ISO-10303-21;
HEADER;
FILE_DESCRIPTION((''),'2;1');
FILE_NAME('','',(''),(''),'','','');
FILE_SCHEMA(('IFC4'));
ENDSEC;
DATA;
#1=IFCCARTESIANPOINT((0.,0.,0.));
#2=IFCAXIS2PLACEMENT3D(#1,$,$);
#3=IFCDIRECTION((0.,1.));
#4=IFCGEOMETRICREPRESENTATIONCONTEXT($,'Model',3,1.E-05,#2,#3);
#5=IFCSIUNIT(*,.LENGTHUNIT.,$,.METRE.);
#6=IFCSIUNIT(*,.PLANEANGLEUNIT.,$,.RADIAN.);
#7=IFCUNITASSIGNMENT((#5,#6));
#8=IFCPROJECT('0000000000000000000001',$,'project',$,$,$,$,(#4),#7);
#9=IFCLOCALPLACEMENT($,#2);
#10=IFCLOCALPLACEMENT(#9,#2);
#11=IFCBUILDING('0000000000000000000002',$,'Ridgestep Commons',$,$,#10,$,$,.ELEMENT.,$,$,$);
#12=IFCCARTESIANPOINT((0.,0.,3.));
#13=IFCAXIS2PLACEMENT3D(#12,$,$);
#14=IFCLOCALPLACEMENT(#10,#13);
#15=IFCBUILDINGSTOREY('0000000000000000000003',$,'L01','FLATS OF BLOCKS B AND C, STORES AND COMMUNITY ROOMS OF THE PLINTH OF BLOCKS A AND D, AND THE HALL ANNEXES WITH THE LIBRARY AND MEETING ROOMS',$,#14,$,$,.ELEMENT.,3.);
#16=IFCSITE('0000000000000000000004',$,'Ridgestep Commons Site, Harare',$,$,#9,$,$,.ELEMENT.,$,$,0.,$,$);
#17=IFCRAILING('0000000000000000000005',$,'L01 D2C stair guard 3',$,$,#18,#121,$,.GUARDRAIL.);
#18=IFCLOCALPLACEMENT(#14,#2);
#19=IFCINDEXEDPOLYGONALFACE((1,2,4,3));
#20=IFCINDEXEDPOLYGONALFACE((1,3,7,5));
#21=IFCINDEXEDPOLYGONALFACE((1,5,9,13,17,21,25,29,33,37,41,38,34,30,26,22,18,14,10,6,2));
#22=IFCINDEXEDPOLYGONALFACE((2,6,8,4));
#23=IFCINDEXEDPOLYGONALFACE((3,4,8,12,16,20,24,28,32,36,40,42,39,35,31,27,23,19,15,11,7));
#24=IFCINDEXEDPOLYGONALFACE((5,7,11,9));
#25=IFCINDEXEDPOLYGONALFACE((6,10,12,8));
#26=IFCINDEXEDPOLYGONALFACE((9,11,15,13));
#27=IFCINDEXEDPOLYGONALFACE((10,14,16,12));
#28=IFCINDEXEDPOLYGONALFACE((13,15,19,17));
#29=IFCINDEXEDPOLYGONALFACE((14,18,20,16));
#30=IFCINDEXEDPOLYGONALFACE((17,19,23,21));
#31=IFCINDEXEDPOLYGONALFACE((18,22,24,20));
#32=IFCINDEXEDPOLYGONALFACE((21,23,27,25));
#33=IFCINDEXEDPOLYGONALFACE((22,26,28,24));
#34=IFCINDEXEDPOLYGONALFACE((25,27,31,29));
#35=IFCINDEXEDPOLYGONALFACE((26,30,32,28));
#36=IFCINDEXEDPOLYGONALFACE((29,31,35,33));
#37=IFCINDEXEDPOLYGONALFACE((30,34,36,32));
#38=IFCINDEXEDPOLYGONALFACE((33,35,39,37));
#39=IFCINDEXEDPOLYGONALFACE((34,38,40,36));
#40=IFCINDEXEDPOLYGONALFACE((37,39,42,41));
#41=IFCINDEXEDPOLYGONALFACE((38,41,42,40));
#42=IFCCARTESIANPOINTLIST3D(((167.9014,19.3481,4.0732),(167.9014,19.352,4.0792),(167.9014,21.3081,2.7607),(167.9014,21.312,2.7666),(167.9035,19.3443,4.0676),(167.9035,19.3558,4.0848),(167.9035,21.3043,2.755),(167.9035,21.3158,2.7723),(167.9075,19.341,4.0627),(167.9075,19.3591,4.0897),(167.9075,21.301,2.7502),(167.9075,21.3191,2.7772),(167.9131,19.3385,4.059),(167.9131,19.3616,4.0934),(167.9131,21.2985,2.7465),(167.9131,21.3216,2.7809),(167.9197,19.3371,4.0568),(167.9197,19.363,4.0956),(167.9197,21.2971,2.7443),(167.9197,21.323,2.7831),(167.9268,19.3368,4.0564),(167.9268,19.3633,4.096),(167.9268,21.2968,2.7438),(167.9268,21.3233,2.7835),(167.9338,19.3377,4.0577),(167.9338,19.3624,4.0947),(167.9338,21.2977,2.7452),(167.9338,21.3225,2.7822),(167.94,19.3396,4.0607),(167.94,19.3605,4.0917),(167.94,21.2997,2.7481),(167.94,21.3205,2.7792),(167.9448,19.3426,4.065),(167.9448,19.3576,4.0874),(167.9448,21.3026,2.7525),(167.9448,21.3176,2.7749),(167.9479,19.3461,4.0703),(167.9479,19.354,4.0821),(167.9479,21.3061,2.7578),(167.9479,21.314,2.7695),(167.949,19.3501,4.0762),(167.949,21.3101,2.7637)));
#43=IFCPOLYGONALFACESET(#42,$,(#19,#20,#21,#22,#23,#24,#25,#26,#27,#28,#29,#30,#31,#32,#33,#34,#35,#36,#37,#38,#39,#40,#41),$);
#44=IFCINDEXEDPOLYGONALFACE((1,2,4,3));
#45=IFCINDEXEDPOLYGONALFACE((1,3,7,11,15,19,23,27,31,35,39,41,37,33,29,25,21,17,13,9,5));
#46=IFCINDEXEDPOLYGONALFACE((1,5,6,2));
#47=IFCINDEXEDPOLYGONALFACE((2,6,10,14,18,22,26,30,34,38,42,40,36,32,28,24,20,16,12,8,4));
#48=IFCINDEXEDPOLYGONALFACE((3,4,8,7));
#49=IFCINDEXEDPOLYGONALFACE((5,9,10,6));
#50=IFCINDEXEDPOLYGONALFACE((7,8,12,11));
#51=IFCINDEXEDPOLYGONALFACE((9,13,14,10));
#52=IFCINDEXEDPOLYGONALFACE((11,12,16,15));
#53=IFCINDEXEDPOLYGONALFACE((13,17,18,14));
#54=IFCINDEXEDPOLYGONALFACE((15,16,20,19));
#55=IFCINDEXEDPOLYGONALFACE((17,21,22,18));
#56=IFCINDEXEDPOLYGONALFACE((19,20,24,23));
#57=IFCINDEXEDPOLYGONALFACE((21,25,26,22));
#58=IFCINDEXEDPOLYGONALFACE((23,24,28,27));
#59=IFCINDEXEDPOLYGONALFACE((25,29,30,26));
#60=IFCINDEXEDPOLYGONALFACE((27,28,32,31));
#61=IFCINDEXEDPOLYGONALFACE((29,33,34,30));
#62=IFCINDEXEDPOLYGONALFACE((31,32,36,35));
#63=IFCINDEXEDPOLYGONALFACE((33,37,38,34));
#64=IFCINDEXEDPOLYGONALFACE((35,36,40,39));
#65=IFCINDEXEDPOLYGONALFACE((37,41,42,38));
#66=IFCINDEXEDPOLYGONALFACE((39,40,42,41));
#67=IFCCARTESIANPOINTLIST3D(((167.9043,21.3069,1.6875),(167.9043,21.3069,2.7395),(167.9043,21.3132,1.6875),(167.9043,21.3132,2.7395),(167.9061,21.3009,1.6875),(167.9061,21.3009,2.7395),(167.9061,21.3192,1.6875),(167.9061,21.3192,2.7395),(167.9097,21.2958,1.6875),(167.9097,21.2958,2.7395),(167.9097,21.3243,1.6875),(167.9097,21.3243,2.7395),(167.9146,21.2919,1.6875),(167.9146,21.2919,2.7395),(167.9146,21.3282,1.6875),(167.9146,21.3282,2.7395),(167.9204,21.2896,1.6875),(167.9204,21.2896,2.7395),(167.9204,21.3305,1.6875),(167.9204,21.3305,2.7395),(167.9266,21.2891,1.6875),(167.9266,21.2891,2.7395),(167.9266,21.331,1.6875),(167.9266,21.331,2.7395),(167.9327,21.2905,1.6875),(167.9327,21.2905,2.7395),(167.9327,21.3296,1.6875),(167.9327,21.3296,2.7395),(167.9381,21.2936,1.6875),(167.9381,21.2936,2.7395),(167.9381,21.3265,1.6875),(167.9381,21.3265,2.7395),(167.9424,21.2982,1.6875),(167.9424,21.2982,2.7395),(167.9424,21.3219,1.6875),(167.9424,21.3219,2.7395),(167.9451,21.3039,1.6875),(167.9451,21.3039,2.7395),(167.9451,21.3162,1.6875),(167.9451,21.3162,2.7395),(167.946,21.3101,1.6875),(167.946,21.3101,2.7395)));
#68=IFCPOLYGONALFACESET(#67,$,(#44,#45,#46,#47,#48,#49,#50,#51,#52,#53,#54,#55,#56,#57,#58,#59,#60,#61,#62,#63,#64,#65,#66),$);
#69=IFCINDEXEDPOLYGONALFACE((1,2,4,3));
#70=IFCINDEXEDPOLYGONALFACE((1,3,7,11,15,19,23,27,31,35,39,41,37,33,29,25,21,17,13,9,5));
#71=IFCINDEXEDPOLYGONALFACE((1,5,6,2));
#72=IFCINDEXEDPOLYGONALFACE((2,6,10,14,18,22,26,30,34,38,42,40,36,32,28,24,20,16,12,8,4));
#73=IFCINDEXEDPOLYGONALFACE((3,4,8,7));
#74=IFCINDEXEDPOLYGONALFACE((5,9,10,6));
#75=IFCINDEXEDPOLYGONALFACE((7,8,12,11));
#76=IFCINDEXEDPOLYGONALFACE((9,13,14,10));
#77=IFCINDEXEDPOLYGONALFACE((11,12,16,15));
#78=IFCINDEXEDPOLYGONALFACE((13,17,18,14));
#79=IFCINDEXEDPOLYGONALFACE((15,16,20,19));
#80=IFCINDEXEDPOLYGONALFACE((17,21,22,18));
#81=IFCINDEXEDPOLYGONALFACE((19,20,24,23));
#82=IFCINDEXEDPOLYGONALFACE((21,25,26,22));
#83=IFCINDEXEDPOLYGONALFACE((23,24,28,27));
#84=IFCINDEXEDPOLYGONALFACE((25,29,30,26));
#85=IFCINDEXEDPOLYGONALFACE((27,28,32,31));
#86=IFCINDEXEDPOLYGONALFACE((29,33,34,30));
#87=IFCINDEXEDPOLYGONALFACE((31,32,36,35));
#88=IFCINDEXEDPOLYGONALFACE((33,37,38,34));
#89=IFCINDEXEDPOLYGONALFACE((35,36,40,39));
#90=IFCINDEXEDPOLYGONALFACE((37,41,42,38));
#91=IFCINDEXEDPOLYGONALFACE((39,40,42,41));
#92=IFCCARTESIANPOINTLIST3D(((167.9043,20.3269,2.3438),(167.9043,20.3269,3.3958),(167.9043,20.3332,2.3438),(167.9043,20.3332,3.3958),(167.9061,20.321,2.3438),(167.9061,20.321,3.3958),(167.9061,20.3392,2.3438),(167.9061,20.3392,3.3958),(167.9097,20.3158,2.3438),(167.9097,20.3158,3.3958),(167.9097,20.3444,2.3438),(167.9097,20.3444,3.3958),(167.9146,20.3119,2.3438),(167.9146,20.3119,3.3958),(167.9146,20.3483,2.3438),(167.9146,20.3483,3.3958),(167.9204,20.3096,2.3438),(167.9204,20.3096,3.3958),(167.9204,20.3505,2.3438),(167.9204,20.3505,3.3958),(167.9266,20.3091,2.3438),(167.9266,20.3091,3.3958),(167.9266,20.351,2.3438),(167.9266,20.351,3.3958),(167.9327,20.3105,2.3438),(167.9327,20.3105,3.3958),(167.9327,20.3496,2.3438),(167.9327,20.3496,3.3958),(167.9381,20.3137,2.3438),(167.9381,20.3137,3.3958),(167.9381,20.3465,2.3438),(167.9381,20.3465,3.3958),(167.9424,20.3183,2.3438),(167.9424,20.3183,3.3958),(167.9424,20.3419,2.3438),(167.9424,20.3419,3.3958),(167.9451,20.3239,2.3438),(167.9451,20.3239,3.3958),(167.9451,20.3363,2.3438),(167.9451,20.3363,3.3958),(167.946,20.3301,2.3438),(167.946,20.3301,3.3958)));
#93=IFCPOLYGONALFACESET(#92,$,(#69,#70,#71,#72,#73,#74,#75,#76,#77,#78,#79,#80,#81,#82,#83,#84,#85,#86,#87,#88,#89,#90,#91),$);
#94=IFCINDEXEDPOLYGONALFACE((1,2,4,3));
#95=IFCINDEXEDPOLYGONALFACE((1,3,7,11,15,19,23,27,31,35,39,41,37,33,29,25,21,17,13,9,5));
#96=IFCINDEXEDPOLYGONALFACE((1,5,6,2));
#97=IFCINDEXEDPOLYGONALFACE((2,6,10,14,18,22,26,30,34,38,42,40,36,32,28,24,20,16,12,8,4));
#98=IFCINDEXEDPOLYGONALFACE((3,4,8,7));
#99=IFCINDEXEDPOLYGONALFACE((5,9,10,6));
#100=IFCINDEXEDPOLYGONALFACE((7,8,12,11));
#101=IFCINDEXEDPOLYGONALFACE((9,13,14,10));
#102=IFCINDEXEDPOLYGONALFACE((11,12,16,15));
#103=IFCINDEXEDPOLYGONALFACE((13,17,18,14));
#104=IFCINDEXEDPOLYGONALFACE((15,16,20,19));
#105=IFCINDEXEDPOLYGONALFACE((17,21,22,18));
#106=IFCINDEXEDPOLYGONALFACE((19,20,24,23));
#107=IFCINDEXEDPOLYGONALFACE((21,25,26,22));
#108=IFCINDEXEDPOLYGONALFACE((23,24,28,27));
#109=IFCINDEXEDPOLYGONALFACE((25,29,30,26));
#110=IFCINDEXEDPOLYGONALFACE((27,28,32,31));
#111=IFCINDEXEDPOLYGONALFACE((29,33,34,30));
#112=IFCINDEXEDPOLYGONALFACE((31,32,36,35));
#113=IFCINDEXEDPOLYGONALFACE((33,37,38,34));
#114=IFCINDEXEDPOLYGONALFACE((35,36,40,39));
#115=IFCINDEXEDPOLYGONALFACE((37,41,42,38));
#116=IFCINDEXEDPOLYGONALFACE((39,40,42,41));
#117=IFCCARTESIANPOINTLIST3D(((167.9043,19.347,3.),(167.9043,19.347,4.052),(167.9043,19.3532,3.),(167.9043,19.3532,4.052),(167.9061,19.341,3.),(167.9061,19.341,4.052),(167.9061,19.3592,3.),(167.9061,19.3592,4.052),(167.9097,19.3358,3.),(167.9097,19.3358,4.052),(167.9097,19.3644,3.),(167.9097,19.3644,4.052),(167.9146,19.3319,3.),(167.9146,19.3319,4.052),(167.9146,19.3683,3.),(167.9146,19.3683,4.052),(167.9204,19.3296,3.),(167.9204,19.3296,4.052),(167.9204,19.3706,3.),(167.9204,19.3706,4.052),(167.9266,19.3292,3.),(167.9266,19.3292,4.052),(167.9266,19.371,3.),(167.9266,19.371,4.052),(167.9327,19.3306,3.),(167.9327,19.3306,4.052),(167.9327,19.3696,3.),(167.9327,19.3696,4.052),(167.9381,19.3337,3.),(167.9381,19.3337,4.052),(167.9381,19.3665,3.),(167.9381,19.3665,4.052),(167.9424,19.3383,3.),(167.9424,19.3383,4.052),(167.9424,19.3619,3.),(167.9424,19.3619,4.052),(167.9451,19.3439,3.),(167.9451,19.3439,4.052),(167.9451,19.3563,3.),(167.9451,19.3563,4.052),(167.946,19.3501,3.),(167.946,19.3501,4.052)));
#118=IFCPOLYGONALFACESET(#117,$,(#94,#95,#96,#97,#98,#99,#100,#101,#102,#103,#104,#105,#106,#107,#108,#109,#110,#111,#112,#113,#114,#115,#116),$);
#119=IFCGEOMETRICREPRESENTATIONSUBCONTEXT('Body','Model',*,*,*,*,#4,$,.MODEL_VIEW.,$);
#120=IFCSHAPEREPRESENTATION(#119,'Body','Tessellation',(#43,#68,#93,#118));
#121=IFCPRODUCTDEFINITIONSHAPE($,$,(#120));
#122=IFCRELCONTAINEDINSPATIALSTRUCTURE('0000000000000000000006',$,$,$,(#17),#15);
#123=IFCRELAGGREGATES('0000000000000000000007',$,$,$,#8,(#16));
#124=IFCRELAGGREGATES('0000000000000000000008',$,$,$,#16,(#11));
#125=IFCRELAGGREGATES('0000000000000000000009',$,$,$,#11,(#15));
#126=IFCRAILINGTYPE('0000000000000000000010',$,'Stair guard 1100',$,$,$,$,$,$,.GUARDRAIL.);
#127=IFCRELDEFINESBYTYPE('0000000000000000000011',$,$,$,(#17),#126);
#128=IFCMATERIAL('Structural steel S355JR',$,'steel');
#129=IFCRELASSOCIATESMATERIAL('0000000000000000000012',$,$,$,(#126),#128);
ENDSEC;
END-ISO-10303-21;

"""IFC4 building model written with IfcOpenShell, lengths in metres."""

from ifc_helpers import new_model, si_unit, direction, frame, origin, origin_2d, place, context, subcontext, project, spatial, circle, extrude, material, type_object, element, save


model = new_model("IFC4")

# Units and contexts
model_context = context("Model", 3, precision=1e-05, world=origin(), true_north=direction((0.0, 1.0)))
body_context = subcontext(model_context, "Body", "Model", "MODEL_VIEW")
ifc_project = project(units=[si_unit("LENGTHUNIT", "METRE"), si_unit("PLANEANGLEUNIT", "RADIAN")], contexts=[model_context])

# Site, building, storey
site_placement = place(None, origin())
site = spatial("IfcSite", under=ifc_project, at=site_placement, Name="Ridgestep Commons Site, Harare", CompositionType="ELEMENT", RefElevation=0.0)
building_placement = place(site_placement, origin())
building = spatial("IfcBuilding", under=site, at=building_placement, Name="Ridgestep Commons", CompositionType="ELEMENT")
storey_placement = place(building_placement, frame((0.0, 0.0, 3.0)))
storey = spatial("IfcBuildingStorey", under=building, at=storey_placement, Name="L01", Description="FLATS OF BLOCKS B AND C, STORES AND COMMUNITY ROOMS OF THE PLINTH OF BLOCKS A AND D, AND THE HALL ANNEXES WITH THE LIBRARY AND MEETING ROOMS", CompositionType="ELEMENT", Elevation=3.0)

# Railing
ifc_material_1 = material(Name="Structural steel S355JR", Category="steel")
railing_type_1 = type_object("IfcRailingType", Name="Stair guard 1100", PredefinedType="GUARDRAIL", material=ifc_material_1)
railing_1_placement = place(storey_placement, frame((167.925, 21.3101, 1.6875)))
element("IfcRailing", 1, at=railing_1_placement, inside=storey, type_object=railing_type_1, Name="L01 D2C stair guard 3", PredefinedType="GUARDRAIL", context=body_context, shape_type="SweptSolid", body=[
    extrude(circle(Radius=0.0239, at=origin_2d()), frame((0.0, 0.0, 1.0762), z_axis=(0.0, -0.830902, 0.556419), x_axis=(1.0, 0.0, 0.0)), (0.0, 0.0, 1.0), 2.3589),
    extrude(circle(Radius=0.021, at=origin_2d()), origin(), (0.0, 0.0, 1.0), 1.052),
    extrude(circle(Radius=0.021, at=origin_2d()), frame((0.0, -0.98, 0.6562)), (0.0, 0.0, 1.0), 1.052),
    extrude(circle(Radius=0.021, at=origin_2d()), frame((0.0, -1.96, 1.3125)), (0.0, 0.0, 1.0), 1.052),
])

save(model, "model.ifc")
